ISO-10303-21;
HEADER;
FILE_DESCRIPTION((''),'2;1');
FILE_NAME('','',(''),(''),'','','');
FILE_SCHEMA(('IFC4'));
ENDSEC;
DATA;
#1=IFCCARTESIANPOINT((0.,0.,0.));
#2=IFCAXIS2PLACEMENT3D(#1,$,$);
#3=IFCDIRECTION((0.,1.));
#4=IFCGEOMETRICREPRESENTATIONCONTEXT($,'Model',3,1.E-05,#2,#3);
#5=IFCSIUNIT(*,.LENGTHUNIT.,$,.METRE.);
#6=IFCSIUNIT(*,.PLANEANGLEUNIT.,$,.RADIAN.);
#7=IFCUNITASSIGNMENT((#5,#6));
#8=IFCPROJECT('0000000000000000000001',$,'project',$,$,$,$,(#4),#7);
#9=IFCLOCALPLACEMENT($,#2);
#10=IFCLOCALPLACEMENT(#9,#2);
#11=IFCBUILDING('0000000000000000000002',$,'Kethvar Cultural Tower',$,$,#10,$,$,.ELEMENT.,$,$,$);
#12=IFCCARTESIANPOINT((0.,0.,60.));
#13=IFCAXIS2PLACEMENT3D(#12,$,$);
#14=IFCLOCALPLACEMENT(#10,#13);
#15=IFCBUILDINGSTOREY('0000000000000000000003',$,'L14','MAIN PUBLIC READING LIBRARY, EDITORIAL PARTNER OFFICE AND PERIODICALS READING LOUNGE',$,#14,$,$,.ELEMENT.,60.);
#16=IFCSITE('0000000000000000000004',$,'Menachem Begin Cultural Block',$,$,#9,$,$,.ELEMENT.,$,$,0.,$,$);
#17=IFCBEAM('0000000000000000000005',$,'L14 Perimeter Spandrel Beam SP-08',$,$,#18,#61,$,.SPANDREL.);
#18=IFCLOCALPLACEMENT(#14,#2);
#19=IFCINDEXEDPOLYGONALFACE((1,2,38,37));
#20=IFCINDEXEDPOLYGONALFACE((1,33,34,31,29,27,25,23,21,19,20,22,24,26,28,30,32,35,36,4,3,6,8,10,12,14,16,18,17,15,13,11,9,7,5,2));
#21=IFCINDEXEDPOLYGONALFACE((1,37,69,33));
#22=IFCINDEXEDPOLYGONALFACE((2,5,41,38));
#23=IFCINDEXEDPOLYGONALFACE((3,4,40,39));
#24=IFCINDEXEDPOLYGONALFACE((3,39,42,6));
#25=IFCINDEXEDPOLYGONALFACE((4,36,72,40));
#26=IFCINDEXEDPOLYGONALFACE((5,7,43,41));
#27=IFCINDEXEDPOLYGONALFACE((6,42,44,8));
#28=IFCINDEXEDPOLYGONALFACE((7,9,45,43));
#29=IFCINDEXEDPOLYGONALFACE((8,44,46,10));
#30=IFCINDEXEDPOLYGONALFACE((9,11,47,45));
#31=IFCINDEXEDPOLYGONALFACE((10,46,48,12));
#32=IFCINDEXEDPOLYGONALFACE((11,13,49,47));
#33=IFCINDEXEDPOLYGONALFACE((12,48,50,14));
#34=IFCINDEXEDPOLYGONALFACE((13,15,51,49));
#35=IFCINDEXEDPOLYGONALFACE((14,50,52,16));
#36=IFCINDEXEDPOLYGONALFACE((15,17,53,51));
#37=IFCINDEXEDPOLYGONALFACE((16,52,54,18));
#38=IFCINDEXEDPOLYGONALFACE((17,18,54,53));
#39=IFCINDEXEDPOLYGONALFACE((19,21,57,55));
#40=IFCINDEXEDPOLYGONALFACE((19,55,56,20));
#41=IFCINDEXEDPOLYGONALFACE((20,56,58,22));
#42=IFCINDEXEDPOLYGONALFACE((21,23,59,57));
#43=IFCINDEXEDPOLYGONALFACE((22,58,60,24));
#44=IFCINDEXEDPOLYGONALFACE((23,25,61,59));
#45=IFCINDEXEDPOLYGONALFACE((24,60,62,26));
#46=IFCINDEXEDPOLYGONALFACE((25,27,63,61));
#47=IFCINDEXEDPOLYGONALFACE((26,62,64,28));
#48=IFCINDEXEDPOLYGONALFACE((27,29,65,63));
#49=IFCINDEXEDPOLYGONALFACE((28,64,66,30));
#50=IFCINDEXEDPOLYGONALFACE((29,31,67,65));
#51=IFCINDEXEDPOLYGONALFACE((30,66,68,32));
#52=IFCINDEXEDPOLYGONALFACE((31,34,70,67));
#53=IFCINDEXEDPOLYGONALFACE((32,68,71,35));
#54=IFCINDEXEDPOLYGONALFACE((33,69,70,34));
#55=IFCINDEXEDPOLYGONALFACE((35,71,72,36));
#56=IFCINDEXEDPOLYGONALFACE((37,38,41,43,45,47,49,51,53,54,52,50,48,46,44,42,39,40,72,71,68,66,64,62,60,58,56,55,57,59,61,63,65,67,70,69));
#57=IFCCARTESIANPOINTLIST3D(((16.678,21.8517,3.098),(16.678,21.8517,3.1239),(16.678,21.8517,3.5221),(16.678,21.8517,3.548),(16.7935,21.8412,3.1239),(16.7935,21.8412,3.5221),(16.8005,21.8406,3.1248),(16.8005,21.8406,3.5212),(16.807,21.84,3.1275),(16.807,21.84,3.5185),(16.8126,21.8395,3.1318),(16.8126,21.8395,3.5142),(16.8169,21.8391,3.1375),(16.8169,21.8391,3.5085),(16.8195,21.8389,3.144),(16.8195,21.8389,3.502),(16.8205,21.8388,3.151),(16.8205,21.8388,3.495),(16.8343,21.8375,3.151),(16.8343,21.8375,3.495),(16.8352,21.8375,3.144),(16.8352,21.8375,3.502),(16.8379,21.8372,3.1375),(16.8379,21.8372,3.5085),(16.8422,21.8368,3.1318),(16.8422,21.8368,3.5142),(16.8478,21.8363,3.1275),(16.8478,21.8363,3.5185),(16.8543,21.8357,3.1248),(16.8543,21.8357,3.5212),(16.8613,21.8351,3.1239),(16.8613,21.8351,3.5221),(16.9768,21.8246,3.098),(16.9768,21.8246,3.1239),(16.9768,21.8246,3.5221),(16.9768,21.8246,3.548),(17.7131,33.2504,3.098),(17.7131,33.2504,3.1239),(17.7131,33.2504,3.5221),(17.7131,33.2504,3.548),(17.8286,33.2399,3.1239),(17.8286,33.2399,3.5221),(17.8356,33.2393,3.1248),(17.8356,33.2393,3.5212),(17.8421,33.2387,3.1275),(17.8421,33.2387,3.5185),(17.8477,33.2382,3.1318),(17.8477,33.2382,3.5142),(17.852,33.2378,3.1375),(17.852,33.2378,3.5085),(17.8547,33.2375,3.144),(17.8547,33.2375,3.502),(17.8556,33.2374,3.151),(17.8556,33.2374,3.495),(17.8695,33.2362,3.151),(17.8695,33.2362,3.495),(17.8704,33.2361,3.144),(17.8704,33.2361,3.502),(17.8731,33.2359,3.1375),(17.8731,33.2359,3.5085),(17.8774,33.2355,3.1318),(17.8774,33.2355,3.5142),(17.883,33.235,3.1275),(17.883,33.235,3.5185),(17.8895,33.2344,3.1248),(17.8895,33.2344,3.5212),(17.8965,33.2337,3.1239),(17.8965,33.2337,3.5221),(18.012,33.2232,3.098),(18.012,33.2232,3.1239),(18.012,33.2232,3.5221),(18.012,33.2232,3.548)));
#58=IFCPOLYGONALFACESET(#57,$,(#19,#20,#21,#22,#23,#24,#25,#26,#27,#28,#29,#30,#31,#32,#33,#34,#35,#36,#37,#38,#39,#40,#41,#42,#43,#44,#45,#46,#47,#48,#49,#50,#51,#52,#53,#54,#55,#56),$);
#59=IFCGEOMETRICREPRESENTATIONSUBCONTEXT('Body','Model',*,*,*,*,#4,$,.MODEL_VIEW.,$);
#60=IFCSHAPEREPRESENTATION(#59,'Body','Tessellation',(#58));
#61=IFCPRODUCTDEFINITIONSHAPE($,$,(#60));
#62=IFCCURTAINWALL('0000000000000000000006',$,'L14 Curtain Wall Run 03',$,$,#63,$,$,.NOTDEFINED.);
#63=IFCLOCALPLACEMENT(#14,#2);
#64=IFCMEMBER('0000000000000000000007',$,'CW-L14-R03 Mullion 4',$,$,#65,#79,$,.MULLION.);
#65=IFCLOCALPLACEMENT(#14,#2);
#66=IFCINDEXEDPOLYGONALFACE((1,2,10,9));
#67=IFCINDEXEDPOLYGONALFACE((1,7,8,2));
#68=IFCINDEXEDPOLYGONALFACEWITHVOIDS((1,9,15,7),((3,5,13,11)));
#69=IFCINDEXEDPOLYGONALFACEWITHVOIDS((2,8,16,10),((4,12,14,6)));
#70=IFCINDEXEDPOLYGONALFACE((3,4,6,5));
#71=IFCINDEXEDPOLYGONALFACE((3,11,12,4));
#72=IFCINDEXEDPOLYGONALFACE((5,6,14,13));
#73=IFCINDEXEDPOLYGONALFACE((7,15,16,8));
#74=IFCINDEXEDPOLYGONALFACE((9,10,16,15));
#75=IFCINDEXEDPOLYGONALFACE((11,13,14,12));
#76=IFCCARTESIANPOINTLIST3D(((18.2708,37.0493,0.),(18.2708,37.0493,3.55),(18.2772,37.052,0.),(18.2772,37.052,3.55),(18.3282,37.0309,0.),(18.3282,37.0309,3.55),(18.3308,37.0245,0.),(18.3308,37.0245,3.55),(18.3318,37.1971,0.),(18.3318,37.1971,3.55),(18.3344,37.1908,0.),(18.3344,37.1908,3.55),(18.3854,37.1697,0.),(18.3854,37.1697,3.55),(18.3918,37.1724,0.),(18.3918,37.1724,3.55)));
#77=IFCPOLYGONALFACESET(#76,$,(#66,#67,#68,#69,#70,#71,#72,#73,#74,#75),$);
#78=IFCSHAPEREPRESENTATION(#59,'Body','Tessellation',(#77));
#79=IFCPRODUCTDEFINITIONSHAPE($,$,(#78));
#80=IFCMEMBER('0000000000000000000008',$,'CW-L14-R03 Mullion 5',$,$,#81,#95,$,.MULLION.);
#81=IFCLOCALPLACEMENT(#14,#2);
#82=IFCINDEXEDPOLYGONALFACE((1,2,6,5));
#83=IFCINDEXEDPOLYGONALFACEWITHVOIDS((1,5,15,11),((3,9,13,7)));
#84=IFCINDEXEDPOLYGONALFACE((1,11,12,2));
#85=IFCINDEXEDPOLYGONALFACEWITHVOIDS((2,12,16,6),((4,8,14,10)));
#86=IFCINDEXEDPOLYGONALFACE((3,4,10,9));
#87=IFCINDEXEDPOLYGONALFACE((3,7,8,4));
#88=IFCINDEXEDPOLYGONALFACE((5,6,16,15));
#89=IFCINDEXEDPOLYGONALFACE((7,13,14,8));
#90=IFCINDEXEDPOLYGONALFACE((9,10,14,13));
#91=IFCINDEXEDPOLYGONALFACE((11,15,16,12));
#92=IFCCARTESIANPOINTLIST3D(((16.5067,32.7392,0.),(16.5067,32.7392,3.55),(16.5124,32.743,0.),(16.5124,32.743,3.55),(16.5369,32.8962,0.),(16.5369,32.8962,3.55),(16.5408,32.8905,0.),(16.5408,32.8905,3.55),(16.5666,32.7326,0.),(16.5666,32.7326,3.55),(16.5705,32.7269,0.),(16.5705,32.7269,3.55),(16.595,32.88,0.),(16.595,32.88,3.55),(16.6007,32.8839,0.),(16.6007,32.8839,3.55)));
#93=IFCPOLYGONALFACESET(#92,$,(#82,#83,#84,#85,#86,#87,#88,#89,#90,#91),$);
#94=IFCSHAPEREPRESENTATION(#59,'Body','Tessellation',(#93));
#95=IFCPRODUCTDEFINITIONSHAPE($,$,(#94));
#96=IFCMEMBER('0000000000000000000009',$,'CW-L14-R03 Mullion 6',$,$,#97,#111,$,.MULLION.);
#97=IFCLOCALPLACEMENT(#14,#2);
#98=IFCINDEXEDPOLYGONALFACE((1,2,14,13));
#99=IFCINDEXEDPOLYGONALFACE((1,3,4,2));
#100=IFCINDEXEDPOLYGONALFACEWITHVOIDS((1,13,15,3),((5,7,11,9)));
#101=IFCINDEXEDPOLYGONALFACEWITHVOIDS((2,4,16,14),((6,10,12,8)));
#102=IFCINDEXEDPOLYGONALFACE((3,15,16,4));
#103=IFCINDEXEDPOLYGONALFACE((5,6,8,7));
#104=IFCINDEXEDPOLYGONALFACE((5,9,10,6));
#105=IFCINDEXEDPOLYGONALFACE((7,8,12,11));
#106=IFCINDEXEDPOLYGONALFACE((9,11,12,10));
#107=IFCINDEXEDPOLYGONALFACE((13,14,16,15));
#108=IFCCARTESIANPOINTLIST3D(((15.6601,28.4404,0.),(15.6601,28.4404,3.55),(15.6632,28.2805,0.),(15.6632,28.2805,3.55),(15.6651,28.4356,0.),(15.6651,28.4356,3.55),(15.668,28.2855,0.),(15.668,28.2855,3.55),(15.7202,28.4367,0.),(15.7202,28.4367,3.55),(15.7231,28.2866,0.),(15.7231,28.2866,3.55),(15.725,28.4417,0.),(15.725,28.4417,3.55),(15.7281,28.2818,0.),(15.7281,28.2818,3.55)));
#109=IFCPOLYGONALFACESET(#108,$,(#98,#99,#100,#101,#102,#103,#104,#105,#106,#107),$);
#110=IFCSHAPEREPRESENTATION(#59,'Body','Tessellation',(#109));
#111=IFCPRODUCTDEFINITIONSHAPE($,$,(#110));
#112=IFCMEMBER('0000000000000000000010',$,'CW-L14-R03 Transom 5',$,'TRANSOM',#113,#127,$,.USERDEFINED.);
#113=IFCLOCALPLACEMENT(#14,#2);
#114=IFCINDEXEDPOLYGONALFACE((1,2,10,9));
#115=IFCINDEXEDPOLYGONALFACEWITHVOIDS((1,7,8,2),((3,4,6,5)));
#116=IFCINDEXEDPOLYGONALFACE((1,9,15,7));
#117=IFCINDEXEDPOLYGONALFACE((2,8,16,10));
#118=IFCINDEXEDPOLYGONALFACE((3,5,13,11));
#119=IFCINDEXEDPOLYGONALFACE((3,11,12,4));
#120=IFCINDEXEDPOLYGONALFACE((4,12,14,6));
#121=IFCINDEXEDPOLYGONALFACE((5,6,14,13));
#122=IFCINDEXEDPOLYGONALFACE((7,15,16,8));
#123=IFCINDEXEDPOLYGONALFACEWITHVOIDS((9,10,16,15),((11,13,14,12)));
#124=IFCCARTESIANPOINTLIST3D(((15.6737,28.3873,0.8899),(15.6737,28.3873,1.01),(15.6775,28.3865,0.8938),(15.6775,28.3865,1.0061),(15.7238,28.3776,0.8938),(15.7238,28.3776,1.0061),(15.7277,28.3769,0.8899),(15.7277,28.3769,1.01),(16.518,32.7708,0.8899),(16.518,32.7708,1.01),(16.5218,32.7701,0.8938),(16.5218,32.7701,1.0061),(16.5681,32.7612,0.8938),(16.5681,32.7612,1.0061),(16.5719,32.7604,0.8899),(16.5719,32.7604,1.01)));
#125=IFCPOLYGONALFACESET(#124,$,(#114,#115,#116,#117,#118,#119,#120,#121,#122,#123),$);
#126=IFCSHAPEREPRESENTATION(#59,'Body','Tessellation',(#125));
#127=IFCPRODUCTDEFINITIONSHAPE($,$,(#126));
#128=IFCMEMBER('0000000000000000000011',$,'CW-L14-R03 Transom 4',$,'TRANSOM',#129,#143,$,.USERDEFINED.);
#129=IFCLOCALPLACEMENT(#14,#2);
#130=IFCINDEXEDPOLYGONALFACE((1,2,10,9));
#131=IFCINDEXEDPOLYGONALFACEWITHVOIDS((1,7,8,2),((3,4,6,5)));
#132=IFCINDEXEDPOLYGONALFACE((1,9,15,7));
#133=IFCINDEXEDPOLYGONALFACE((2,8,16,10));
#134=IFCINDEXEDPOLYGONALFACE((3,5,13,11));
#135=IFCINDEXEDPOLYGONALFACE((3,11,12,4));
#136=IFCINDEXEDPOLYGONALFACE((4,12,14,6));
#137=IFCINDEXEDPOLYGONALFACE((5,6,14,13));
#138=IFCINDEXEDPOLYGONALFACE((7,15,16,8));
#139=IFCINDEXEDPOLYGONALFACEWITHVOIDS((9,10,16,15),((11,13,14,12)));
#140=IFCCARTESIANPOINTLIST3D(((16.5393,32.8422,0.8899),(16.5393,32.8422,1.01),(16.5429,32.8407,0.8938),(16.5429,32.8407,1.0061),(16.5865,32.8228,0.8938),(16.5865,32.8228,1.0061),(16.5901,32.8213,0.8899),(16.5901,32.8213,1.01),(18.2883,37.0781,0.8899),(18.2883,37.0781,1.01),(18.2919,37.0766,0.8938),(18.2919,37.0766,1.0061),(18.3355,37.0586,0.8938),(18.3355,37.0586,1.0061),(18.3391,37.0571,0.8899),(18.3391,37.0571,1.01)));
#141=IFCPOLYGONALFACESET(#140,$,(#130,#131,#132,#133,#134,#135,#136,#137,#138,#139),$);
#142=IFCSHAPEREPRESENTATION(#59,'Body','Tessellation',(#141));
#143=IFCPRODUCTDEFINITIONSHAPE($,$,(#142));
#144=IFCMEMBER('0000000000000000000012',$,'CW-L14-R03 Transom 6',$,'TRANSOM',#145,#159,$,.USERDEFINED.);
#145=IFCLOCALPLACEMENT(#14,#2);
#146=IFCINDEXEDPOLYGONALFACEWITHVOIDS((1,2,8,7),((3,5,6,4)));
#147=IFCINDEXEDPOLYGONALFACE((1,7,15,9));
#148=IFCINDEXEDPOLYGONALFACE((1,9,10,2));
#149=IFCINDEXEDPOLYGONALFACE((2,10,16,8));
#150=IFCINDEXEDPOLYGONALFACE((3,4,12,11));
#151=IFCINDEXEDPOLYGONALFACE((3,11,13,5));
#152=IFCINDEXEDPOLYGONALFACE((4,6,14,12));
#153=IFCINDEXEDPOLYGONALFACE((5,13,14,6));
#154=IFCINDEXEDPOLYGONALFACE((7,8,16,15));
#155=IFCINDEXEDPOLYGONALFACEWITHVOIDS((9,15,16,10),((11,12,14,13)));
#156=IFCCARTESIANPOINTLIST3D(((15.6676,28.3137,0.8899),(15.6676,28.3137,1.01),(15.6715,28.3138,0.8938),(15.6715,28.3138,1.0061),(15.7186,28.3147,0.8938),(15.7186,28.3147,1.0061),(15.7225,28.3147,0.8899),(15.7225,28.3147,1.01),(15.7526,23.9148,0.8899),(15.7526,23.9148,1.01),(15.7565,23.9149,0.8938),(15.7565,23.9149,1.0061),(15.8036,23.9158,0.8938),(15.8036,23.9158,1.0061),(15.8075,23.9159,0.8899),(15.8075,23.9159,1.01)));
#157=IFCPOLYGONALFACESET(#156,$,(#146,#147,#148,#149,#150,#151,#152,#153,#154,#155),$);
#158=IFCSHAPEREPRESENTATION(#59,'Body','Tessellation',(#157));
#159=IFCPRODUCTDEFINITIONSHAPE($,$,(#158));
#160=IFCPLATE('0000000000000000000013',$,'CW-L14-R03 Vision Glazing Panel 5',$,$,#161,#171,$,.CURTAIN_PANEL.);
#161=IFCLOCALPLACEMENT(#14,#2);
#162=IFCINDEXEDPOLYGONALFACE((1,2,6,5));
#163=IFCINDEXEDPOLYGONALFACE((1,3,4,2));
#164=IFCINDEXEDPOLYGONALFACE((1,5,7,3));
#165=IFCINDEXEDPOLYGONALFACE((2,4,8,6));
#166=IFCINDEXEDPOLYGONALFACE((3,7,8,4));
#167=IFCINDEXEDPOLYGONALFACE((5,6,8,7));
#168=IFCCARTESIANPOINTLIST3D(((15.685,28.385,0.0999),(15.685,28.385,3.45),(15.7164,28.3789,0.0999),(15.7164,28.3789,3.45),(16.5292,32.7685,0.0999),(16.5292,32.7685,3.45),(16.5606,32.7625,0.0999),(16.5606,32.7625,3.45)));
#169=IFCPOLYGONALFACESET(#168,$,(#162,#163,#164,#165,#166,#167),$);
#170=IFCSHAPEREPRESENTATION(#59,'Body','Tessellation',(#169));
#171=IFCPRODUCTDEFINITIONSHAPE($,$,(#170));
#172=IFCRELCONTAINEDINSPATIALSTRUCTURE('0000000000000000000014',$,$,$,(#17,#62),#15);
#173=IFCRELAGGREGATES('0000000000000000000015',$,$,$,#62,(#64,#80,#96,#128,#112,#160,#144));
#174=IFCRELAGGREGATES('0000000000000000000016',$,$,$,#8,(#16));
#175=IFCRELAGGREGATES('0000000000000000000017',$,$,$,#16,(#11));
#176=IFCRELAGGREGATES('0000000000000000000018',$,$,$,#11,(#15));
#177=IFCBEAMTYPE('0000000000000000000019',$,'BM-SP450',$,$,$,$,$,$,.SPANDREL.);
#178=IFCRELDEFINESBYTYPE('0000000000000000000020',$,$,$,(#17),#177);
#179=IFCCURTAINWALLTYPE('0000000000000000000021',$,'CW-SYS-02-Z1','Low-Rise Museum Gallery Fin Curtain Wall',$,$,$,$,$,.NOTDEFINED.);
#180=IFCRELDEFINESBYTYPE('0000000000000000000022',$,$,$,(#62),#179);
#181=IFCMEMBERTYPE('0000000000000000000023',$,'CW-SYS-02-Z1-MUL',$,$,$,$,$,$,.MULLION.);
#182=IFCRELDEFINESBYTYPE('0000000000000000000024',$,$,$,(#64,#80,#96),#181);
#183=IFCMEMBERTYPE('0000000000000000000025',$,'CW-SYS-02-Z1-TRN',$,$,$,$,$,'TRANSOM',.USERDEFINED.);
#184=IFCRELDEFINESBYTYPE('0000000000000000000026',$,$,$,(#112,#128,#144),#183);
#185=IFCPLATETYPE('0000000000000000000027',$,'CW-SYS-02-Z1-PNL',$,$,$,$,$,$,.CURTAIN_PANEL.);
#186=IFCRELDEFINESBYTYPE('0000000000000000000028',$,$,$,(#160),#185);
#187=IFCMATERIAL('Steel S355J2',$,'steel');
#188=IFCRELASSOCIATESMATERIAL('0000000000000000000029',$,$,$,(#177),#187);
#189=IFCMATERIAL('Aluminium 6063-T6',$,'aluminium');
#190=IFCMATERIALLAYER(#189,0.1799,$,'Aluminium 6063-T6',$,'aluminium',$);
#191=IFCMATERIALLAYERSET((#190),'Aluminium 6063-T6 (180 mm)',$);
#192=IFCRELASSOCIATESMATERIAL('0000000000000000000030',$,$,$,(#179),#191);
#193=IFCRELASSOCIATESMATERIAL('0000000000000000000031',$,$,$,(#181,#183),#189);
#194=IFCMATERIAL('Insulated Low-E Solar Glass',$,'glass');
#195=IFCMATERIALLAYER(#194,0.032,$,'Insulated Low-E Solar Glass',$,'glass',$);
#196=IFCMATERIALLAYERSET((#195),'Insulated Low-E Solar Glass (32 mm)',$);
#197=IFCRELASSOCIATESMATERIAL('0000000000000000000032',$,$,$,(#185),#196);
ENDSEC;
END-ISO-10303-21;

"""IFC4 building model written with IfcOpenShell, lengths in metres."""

from ifc_helpers import new_model, si_unit, direction, frame, origin, origin_2d, place, context, subcontext, project, spatial, rectangle, hollow_rectangle, i_section, extrude, source, transform, mapped, material, layer, layer_set, material_profile, profile_set, type_object, element, aggregate, save


model = new_model("IFC4")

# Units and contexts
model_context = context("Model", 3, precision=1e-05, world=origin(), true_north=direction((0.0, 1.0)))
body_context = subcontext(model_context, "Body", "Model", "MODEL_VIEW")
ifc_project = project(units=[si_unit("LENGTHUNIT", "METRE"), si_unit("PLANEANGLEUNIT", "RADIAN")], contexts=[model_context])

# Site, building, storey
site_placement = place(None, origin())
site = spatial("IfcSite", under=ifc_project, at=site_placement, Name="Menachem Begin Cultural Block", CompositionType="ELEMENT", RefElevation=0.0)
building_placement = place(site_placement, origin())
building = spatial("IfcBuilding", under=site, at=building_placement, Name="Kethvar Cultural Tower", CompositionType="ELEMENT")
storey_placement = place(building_placement, frame((0.0, 0.0, 60.0)))
storey = spatial("IfcBuildingStorey", under=building, at=storey_placement, Name="L14", Description="MAIN PUBLIC READING LIBRARY, EDITORIAL PARTNER OFFICE AND PERIODICALS READING LOUNGE", CompositionType="ELEMENT", Elevation=60.0)

# Beam
ifc_material_1 = material(Name="Steel S355J2", Category="steel")
ifc_material_profile_1 = material_profile(ifc_material_1, i_section(OverallWidth=0.3, OverallDepth=0.45, WebThickness=0.0139, FlangeThickness=0.0259, FilletRadius=0.0271, at=origin_2d()), Name="Steel S355J2 — HEB450")
ifc_profile_set_1 = profile_set([ifc_material_profile_1], Name="Steel S355J2 — HEB450")
beam_type_1 = type_object("IfcBeamType", Name="BM-SP450", PredefinedType="SPANDREL", material=ifc_profile_set_1)
shared_shape_1 = source(origin(), body_context, "Body", "SweptSolid", [
    extrude(i_section(OverallWidth=0.3, OverallDepth=0.45, WebThickness=0.0139, FlangeThickness=0.0259, FilletRadius=0.0271, at=origin_2d()), origin(), (0.0, 0.0, 1.0), 11.4456),
])
beam_1_placement = place(storey_placement, frame((17.8625, 33.2368, 3.323), z_axis=(-0.090442, -0.995902, 0.0), x_axis=(0.995902, -0.090442, 0.0)))
element("IfcBeam", 1, at=beam_1_placement, inside=storey, type_object=beam_type_1, Name="L14 Perimeter Spandrel Beam SP-08", PredefinedType="SPANDREL", context=body_context, shape_type="MappedRepresentation", body=[
    mapped(shared_shape_1, transform((0.0, 0.0, 0.0), scale=1.0)),
])

# Curtain wall, members, plate
ifc_material_2 = material(Name="Aluminium 6063-T6", Category="aluminium")
ifc_layer_1 = layer(ifc_material_2, 0.1799, Name="Aluminium 6063-T6", Category="aluminium")
ifc_layer_set_1 = layer_set([ifc_layer_1], Name="Aluminium 6063-T6 (180 mm)")
curtain_wall_type = type_object("IfcCurtainWallType", Name="CW-SYS-02-Z1", Description="Low-Rise Museum Gallery Fin Curtain Wall", PredefinedType="NOTDEFINED", material=ifc_layer_set_1)
curtain_wall_placement = place(storey_placement, origin())
curtain_wall = element("IfcCurtainWall", 2, at=curtain_wall_placement, inside=storey, type_object=curtain_wall_type, Name="L14 Curtain Wall Run 03", PredefinedType="NOTDEFINED")
ifc_material_profile_2 = material_profile(ifc_material_2, hollow_rectangle(XDim=0.0649, YDim=0.1599, WallThickness=0.0049, at=origin_2d()), Name="Aluminium 6063-T6 — RHS160x65x5")
ifc_profile_set_2 = profile_set([ifc_material_profile_2], Name="Aluminium 6063-T6 — RHS160x65x5")
member_type_1 = type_object("IfcMemberType", Name="CW-SYS-02-Z1-MUL", PredefinedType="MULLION", material=ifc_profile_set_2)
shared_shape_2 = source(origin(), body_context, "Body", "SweptSolid", [
    extrude(hollow_rectangle(XDim=0.0649, YDim=0.1599, WallThickness=0.0049, at=origin_2d()), origin(), (0.0, 0.0, 1.0), 3.55),
])
member_1_placement = place(storey_placement, frame((18.3313, 37.1108, 0.0), z_axis=(0.0, 0.0, 1.0), x_axis=(0.924326, -0.381603, 0.0)))
member_1 = element("IfcMember", 3, at=member_1_placement, type_object=member_type_1, Name="CW-L14-R03 Mullion 4", PredefinedType="MULLION", context=body_context, shape_type="MappedRepresentation", body=[
    mapped(shared_shape_2, transform((0.0, 0.0, 0.0), scale=1.0)),
])
member_2_placement = place(storey_placement, frame((16.5537, 32.8115, 0.0), z_axis=(0.0, 0.0, 1.0), x_axis=(0.981955, -0.189113, 0.0)))
member_2 = element("IfcMember", 4, at=member_2_placement, type_object=member_type_1, Name="CW-L14-R03 Mullion 5", PredefinedType="MULLION", context=body_context, shape_type="MappedRepresentation", body=[
    mapped(shared_shape_2, transform((0.0, 0.0, 0.0), scale=1.0)),
])
member_3_placement = place(storey_placement, frame((15.6941, 28.3611, 0.0), z_axis=(0.0, 0.0, 1.0), x_axis=(0.999813, 0.019337, 0.0)))
member_3 = element("IfcMember", 5, at=member_3_placement, type_object=member_type_1, Name="CW-L14-R03 Mullion 6", PredefinedType="MULLION", context=body_context, shape_type="MappedRepresentation", body=[
    mapped(shared_shape_2, transform((0.0, 0.0, 0.0), scale=1.0)),
])
ifc_material_profile_3 = material_profile(ifc_material_2, hollow_rectangle(XDim=0.0549, YDim=0.1201, WallThickness=0.0039, at=origin_2d()), Name="Aluminium 6063-T6 — RHS120x55x4")
ifc_profile_set_3 = profile_set([ifc_material_profile_3], Name="Aluminium 6063-T6 — RHS120x55x4")
member_type_2 = type_object("IfcMemberType", Name="CW-SYS-02-Z1-TRN", ElementType="TRANSOM", PredefinedType="USERDEFINED", material=ifc_profile_set_3)
shared_shape_3 = source(origin(), body_context, "Body", "SweptSolid", [
    extrude(hollow_rectangle(XDim=0.0549, YDim=0.1201, WallThickness=0.0039, at=origin_2d()), origin(), (0.0, 0.0, 1.0), 4.4641),
])
member_4_placement = place(storey_placement, frame((16.5449, 32.7656, 0.95), z_axis=(-0.189117, -0.981955, 0.0), x_axis=(0.981955, -0.189117, 0.0)))
member_4 = element("IfcMember", 6, at=member_4_placement, type_object=member_type_2, Name="CW-L14-R03 Transom 5", ObjectType="TRANSOM", PredefinedType="USERDEFINED", context=body_context, shape_type="MappedRepresentation", body=[
    mapped(shared_shape_3, transform((0.0, 0.0, 0.0), scale=1.0)),
])
shared_shape_4 = source(origin(), body_context, "Body", "SweptSolid", [
    extrude(hollow_rectangle(XDim=0.0549, YDim=0.1201, WallThickness=0.0039, at=origin_2d()), origin(), (0.0, 0.0, 1.0), 4.5828),
])
member_5_placement = place(storey_placement, frame((18.3137, 37.0676, 0.95), z_axis=(-0.381655, -0.924305, 0.0), x_axis=(0.924305, -0.381655, 0.0)))
member_5 = element("IfcMember", 7, at=member_5_placement, type_object=member_type_2, Name="CW-L14-R03 Transom 4", ObjectType="TRANSOM", PredefinedType="USERDEFINED", context=body_context, shape_type="MappedRepresentation", body=[
    mapped(shared_shape_4, transform((0.0, 0.0, 0.0), scale=1.0)),
])
shared_shape_5 = source(origin(), body_context, "Body", "SweptSolid", [
    extrude(hollow_rectangle(XDim=0.0549, YDim=0.1201, WallThickness=0.0039, at=origin_2d()), origin(), (0.0, 0.0, 1.0), 4.3997),
])
member_6_placement = place(storey_placement, frame((15.6951, 28.3142, 0.95), z_axis=(0.01931, -0.999814, 0.0), x_axis=(0.999814, 0.01931, 0.0)))
member_6 = element("IfcMember", 8, at=member_6_placement, type_object=member_type_2, Name="CW-L14-R03 Transom 6", ObjectType="TRANSOM", PredefinedType="USERDEFINED", context=body_context, shape_type="MappedRepresentation", body=[
    mapped(shared_shape_5, transform((0.0, 0.0, 0.0), scale=1.0)),
])
ifc_material_3 = material(Name="Insulated Low-E Solar Glass", Category="glass")
ifc_layer_2 = layer(ifc_material_3, 0.032, Name="Insulated Low-E Solar Glass", Category="glass")
ifc_layer_set_2 = layer_set([ifc_layer_2], Name="Insulated Low-E Solar Glass (32 mm)")
plate_type = type_object("IfcPlateType", Name="CW-SYS-02-Z1-PNL", PredefinedType="CURTAIN_PANEL", material=ifc_layer_set_2)
shared_shape_6 = source(origin(), body_context, "Body", "SweptSolid", [
    extrude(rectangle(XDim=4.4641, YDim=0.032, at=origin_2d()), origin(), (0.0, 0.0, 1.0), 3.3501),
])
plate_1_placement = place(storey_placement, frame((16.1228, 30.5737, 0.0999), z_axis=(0.0, 0.0, 1.0), x_axis=(-0.189113, -0.981955, 0.0)))
plate_1 = element("IfcPlate", 9, at=plate_1_placement, type_object=plate_type, Name="CW-L14-R03 Vision Glazing Panel 5", PredefinedType="CURTAIN_PANEL", context=body_context, shape_type="MappedRepresentation", body=[
    mapped(shared_shape_6, transform((0.0, 0.0, 0.0), scale=1.0)),
])
aggregate(curtain_wall, [member_1, member_2, member_3, member_5, member_4, plate_1, member_6])

save(model, "model.ifc")
